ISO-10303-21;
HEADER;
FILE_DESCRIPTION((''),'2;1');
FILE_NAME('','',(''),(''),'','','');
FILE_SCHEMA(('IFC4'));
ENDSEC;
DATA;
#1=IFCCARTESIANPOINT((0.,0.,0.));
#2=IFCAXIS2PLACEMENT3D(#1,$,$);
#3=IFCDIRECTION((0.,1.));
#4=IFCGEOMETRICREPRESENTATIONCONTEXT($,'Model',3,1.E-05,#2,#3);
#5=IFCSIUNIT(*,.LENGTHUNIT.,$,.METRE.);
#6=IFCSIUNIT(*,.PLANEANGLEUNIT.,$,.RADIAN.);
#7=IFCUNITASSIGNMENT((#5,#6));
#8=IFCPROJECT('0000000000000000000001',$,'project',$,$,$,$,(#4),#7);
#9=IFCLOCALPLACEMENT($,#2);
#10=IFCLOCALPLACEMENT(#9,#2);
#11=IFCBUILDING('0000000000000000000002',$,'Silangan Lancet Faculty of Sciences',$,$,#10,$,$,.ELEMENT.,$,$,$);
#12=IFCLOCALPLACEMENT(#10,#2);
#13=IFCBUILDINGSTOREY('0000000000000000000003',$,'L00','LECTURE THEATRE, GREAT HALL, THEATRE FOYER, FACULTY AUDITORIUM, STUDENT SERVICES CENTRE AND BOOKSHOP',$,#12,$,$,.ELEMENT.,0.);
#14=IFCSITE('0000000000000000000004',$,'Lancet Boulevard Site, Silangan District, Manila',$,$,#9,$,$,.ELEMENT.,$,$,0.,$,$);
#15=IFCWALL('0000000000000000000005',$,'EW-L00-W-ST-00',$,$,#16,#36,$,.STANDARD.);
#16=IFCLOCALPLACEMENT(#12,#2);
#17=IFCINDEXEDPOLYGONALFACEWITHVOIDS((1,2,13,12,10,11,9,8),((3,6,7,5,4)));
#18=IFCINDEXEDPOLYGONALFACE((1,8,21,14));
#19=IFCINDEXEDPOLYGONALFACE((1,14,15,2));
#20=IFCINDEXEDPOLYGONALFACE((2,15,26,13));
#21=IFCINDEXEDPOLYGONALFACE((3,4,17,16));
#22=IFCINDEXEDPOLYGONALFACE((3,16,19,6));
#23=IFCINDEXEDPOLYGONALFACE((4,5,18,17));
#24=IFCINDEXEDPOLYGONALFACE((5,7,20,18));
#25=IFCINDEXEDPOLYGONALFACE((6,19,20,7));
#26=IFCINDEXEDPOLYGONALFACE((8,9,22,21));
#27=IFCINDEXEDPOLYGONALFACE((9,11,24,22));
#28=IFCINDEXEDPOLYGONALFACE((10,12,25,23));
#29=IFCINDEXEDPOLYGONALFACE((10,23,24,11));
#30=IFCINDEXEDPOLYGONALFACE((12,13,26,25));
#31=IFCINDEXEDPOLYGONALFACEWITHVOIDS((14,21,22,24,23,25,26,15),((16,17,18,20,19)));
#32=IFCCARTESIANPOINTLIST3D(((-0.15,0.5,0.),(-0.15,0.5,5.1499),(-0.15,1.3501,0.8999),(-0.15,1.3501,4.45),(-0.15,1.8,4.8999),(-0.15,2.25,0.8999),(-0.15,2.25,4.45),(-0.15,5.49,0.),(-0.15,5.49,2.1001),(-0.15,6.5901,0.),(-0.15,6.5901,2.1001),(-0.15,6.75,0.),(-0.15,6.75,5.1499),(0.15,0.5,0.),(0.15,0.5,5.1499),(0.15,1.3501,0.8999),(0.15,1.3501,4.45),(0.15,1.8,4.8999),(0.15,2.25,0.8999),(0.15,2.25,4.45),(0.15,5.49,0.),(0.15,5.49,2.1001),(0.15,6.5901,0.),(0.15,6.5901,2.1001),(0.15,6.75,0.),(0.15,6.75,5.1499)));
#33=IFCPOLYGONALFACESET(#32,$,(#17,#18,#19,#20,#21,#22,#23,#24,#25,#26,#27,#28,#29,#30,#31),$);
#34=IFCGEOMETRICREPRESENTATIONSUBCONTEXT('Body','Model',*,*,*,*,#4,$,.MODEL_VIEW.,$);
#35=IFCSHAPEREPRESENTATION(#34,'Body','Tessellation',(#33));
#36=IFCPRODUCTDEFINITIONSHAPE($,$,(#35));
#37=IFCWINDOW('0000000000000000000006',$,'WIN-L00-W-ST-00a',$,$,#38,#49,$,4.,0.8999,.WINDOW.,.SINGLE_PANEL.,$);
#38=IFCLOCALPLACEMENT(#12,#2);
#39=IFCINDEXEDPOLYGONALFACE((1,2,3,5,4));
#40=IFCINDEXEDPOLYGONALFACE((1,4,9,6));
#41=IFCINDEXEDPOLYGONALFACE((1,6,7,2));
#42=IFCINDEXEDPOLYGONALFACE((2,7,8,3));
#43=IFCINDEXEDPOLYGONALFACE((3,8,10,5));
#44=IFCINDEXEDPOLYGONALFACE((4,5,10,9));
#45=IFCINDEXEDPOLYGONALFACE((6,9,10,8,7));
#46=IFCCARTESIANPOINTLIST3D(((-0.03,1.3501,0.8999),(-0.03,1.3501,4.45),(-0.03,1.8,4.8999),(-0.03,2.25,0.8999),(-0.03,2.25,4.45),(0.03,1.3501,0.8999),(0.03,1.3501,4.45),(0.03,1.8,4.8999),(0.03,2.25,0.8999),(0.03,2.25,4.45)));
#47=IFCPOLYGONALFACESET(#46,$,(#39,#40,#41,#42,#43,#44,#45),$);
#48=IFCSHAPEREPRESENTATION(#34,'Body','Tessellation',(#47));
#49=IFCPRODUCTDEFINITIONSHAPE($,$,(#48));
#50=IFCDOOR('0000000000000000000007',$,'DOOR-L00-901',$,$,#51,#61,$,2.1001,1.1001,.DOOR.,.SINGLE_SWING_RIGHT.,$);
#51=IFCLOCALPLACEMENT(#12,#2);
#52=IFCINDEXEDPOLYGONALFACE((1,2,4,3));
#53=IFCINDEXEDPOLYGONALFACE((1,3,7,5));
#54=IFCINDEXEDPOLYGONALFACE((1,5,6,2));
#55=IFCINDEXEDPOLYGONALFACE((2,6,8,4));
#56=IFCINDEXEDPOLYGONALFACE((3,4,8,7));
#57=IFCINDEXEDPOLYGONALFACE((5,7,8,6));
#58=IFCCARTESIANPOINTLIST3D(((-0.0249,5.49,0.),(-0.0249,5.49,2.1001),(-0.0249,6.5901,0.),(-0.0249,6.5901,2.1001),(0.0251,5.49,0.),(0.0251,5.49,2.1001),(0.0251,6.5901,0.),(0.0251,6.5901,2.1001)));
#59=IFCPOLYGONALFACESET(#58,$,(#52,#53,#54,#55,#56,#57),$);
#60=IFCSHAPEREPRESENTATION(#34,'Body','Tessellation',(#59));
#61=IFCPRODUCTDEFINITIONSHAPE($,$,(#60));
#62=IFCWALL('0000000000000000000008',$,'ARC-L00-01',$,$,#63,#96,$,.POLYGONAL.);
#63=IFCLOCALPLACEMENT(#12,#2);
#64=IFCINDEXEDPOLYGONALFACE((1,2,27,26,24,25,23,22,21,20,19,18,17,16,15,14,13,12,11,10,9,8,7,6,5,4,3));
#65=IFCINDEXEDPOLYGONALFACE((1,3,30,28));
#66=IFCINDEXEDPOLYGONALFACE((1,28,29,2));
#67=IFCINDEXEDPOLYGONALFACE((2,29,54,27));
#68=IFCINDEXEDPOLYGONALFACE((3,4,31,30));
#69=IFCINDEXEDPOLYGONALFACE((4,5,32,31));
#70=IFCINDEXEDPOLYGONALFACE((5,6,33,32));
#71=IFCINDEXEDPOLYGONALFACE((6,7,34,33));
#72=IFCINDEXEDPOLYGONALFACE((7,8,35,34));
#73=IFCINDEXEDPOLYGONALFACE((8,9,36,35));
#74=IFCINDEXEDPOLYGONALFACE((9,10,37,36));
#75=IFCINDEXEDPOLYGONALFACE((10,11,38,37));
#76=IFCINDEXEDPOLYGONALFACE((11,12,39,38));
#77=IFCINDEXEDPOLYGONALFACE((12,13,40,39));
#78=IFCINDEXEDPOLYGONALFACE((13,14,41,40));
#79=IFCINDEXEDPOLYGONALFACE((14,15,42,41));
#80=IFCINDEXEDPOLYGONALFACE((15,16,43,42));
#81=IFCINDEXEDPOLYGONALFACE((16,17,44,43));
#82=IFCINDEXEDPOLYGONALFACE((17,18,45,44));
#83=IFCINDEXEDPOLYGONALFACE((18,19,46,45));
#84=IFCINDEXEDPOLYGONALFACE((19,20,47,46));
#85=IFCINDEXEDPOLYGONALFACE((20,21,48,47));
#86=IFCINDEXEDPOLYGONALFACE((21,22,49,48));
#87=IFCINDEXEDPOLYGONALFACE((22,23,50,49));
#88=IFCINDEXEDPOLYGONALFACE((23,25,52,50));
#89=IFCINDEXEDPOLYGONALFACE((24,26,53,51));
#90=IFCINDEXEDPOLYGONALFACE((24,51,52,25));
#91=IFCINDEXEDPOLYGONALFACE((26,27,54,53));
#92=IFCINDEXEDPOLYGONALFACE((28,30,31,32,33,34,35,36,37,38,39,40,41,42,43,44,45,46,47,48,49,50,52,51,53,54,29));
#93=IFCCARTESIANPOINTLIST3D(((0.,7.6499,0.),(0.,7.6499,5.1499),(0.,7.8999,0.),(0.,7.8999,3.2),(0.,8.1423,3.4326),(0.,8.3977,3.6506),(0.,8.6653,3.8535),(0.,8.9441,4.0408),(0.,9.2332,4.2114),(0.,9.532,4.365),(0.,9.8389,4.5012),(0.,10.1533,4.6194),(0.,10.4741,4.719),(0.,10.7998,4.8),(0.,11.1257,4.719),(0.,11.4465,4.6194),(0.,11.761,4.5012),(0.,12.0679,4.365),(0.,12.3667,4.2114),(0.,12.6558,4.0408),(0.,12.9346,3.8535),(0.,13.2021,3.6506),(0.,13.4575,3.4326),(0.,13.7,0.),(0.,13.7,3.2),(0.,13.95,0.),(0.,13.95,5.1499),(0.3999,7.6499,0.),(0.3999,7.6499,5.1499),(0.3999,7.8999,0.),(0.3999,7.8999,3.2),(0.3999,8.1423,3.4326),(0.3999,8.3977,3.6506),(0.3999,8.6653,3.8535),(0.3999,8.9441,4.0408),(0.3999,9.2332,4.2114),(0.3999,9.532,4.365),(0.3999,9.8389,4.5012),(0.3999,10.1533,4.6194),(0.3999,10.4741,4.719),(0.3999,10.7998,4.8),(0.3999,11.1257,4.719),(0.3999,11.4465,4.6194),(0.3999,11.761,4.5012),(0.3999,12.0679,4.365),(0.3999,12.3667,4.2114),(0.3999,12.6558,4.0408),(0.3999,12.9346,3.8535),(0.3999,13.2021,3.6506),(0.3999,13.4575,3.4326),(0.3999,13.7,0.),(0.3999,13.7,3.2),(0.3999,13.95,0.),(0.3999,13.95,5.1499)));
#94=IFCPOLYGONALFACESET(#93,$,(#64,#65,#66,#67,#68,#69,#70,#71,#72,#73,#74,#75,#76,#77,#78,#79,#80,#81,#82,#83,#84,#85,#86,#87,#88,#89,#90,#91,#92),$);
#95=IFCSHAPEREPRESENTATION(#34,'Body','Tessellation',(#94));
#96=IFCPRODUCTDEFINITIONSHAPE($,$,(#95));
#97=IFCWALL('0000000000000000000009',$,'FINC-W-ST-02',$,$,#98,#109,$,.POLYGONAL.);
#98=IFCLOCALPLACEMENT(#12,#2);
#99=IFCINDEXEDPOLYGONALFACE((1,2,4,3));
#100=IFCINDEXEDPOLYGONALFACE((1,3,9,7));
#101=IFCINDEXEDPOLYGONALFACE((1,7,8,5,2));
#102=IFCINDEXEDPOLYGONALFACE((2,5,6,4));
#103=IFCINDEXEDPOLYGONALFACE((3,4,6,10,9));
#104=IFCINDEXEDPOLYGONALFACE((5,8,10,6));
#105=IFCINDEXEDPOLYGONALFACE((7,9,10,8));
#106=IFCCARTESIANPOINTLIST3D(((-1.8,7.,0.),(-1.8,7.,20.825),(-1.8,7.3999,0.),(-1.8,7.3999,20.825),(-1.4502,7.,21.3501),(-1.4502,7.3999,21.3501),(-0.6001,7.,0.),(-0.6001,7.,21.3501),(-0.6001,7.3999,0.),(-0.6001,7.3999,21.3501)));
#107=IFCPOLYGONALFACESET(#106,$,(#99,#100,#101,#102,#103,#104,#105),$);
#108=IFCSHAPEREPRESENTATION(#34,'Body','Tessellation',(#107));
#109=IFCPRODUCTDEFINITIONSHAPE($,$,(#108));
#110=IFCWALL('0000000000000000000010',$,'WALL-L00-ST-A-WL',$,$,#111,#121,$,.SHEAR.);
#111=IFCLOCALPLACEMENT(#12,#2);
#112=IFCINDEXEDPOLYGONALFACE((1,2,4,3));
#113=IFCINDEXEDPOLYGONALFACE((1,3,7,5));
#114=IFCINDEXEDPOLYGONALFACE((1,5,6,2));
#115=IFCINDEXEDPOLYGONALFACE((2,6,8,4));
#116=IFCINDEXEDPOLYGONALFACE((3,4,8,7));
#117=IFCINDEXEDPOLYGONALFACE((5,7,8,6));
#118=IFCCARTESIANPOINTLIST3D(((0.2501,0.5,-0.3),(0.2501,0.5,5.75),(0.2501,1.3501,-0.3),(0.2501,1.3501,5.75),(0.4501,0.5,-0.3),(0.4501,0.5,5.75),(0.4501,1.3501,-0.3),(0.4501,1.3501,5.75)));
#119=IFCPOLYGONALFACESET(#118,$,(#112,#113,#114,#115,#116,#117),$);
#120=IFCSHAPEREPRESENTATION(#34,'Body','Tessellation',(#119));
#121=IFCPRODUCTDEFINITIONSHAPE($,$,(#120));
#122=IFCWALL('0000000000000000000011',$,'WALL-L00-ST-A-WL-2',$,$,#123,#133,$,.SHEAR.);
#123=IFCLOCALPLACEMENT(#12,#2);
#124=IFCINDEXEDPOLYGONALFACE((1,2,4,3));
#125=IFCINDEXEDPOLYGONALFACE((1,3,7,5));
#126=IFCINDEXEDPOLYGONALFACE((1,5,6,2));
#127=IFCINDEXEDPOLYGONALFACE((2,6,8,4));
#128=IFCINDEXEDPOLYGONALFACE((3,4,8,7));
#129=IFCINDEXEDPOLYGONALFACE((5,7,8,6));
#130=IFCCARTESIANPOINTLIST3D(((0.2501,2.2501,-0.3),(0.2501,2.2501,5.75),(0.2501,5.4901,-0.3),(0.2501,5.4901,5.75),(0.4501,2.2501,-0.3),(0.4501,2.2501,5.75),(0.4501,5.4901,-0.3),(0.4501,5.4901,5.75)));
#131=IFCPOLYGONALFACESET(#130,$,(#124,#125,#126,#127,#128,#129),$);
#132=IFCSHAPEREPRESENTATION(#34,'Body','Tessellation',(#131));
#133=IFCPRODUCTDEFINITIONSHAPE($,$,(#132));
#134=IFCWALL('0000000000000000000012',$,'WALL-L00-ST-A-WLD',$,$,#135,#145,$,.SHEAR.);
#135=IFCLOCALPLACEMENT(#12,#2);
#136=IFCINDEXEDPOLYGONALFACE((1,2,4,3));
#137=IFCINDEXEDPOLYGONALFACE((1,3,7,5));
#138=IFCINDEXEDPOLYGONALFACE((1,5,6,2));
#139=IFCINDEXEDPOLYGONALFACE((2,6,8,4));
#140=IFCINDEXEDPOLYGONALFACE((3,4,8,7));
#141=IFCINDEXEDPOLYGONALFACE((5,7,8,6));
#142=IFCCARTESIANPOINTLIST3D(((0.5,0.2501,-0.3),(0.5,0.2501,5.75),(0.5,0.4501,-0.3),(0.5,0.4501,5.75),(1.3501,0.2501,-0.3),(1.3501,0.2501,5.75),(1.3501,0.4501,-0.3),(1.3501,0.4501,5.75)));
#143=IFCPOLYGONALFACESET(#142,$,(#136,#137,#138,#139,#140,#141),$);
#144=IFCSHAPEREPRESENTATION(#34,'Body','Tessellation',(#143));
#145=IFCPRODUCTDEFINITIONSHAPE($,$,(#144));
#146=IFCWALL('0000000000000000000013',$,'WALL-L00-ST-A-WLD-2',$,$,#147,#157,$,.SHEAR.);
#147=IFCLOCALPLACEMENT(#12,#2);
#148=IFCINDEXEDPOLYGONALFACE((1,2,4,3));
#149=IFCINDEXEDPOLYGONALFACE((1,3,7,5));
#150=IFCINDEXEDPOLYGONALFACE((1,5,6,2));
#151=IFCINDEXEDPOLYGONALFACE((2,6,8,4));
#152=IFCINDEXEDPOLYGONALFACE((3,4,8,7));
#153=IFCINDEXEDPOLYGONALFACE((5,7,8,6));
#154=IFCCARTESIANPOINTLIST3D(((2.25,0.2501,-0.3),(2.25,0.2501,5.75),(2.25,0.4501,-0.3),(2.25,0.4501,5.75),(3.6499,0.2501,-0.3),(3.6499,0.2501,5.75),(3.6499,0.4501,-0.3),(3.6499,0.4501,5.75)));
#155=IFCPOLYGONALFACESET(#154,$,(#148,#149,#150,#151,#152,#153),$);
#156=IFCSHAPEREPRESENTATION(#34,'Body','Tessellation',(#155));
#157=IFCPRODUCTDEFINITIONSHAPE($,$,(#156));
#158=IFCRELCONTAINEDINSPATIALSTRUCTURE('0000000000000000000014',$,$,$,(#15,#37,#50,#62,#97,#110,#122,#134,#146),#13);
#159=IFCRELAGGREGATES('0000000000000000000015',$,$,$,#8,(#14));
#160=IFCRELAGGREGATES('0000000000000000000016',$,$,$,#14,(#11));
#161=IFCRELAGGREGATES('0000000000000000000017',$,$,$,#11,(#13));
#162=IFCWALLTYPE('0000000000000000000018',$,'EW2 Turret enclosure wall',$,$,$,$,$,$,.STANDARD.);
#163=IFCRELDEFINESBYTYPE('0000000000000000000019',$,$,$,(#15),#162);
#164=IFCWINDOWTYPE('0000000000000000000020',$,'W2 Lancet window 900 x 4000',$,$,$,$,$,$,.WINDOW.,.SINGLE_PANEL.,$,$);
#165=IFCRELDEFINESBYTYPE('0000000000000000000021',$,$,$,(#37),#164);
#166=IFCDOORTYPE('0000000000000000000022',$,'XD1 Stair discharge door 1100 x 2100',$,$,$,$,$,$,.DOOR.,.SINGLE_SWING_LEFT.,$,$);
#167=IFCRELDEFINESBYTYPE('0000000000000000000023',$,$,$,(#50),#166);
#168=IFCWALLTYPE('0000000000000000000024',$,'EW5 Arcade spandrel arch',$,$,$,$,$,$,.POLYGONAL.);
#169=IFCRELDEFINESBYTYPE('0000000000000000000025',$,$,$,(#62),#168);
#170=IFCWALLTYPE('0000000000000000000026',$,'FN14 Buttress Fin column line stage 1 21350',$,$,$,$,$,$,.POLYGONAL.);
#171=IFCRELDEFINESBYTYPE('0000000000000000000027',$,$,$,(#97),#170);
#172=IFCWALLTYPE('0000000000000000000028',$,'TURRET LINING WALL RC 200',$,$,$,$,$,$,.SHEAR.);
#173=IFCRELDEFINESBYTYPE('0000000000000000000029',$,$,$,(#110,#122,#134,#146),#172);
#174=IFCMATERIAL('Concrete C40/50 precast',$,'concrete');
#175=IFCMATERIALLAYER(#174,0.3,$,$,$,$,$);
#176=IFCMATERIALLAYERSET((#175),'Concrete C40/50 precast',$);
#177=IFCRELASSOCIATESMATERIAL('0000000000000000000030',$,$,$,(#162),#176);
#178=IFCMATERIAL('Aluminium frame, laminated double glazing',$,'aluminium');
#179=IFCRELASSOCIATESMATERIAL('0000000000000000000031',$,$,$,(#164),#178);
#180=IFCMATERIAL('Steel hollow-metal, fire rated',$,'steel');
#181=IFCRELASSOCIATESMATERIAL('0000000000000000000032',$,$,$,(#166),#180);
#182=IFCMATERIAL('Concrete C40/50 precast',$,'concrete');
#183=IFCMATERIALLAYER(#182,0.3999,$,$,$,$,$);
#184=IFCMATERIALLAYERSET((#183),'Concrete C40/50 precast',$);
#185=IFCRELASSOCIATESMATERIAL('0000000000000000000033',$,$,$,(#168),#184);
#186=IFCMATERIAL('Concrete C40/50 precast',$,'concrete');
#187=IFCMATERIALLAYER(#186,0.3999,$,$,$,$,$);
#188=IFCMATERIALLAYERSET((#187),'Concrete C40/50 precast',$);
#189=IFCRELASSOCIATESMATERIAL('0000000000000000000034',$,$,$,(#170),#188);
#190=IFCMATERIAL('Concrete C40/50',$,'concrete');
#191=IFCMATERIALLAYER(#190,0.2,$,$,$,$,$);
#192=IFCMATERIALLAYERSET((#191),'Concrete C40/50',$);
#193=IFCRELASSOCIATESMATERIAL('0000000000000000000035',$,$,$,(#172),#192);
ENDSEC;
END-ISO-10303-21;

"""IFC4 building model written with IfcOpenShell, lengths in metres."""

from ifc_helpers import new_model, si_unit, direction, frame, frame_2d, origin, place, context, subcontext, project, spatial, polyline, rectangle, outline, extrude, material, layer, layer_set, type_object, element, fill, save


model = new_model("IFC4")

# Units and contexts
model_context = context("Model", 3, precision=1e-05, world=origin(), true_north=direction((0.0, 1.0)))
body_context = subcontext(model_context, "Body", "Model", "MODEL_VIEW")
ifc_project = project(units=[si_unit("LENGTHUNIT", "METRE"), si_unit("PLANEANGLEUNIT", "RADIAN")], contexts=[model_context])

# Site, building, storey
site_placement = place(None, origin())
site = spatial("IfcSite", under=ifc_project, at=site_placement, Name="Lancet Boulevard Site, Silangan District, Manila", CompositionType="ELEMENT", RefElevation=0.0)
building_placement = place(site_placement, origin())
building = spatial("IfcBuilding", under=site, at=building_placement, Name="Silangan Lancet Faculty of Sciences", CompositionType="ELEMENT")
storey_placement = place(building_placement, origin())
storey = spatial("IfcBuildingStorey", under=building, at=storey_placement, Name="L00", Description="LECTURE THEATRE, GREAT HALL, THEATRE FOYER, FACULTY AUDITORIUM, STUDENT SERVICES CENTRE AND BOOKSHOP", CompositionType="ELEMENT", Elevation=0.0)

# Wall, openings, window, door
ifc_material_1 = material(Name="Concrete C40/50 precast", Category="concrete")
ifc_layer_1 = layer(ifc_material_1, 0.3)
ifc_layer_set_1 = layer_set([ifc_layer_1], Name="Concrete C40/50 precast")
wall_type_1 = type_object("IfcWallType", Name="EW2 Turret enclosure wall", PredefinedType="STANDARD", material=ifc_layer_set_1)
wall_1_placement = place(storey_placement, frame((0.0, 0.5, 0.0), z_axis=(0.0, 0.0, 1.0), x_axis=(0.0, 1.0, 0.0)))
wall_1 = element("IfcWall", 1, at=wall_1_placement, inside=storey, type_object=wall_type_1, Name="EW-L00-W-ST-00", PredefinedType="STANDARD", context=body_context, shape_type="SweptSolid", body=[
    extrude(rectangle(XDim=6.25, YDim=0.3, at=frame_2d((3.125, 0.0))), origin(), (0.0, 0.0, 1.0), 5.1499),
])
opening_1_placement = place(wall_1_placement, frame((4.99, 0.0, 0.0)))
opening_1 = element("IfcOpeningElement", 2, at=opening_1_placement, cuts=wall_1, PredefinedType="OPENING", context=body_context, shape_type="SweptSolid", body=[
    extrude(rectangle(XDim=1.1001, YDim=2.1001, at=frame_2d((0.55, 1.05))), frame((0.0, 0.1599, 0.0), z_axis=(0.0, -1.0, 0.0), x_axis=(1.0, 0.0, 0.0)), (0.0, 0.0, 1.0), 0.3201),
])
opening_2_placement = place(wall_1_placement, frame((0.8501, 0.0, 0.8999)))
opening_2 = element("IfcOpeningElement", 3, at=opening_2_placement, cuts=wall_1, PredefinedType="OPENING", context=body_context, shape_type="SweptSolid", body=[
    extrude(outline(polyline([(0.0, 0.0), (0.8999, 0.0), (0.8999, 3.55), (0.45, 4.0), (0.0, 3.55), (0.0, 0.0)])), frame((0.0, 0.1599, 0.0), z_axis=(0.0, -1.0, 0.0), x_axis=(1.0, 0.0, 0.0)), (0.0, 0.0, 1.0), 0.3201),
])
ifc_material_2 = material(Name="Aluminium frame, laminated double glazing", Category="aluminium")
window_type = type_object("IfcWindowType", Name="W2 Lancet window 900 x 4000", PartitioningType="SINGLE_PANEL", PredefinedType="WINDOW", material=ifc_material_2)
window_placement = place(opening_2_placement, origin())
window = element("IfcWindow", 4, at=window_placement, inside=storey, type_object=window_type, Name="WIN-L00-W-ST-00a", OverallHeight=4.0, OverallWidth=0.8999, PartitioningType="SINGLE_PANEL", PredefinedType="WINDOW", context=body_context, shape_type="SweptSolid", body=[
    extrude(outline(polyline([(0.0, 0.0), (0.8999, 0.0), (0.8999, 3.55), (0.45, 4.0), (0.0, 3.55), (0.0, 0.0)])), frame((0.0, 0.03, 0.0), z_axis=(0.0, -1.0, 0.0), x_axis=(1.0, 0.0, 0.0)), (0.0, 0.0, 1.0), 0.0601),
])
fill(opening_2, window)
ifc_material_3 = material(Name="Steel hollow-metal, fire rated", Category="steel")
door_type_1 = type_object("IfcDoorType", Name="XD1 Stair discharge door 1100 x 2100", OperationType="SINGLE_SWING_LEFT", PredefinedType="DOOR", material=ifc_material_3)
door_1_placement = place(opening_1_placement, origin())
door_1 = element("IfcDoor", 5, at=door_1_placement, inside=storey, type_object=door_type_1, Name="DOOR-L00-901", OperationType="SINGLE_SWING_RIGHT", OverallHeight=2.1001, OverallWidth=1.1001, PredefinedType="DOOR", context=body_context, shape_type="SweptSolid", body=[
    extrude(rectangle(XDim=1.1001, YDim=2.1001, at=frame_2d((0.55, 1.05))), frame((0.0, 0.0249, 0.0), z_axis=(0.0, -1.0, 0.0), x_axis=(1.0, 0.0, 0.0)), (0.0, 0.0, 1.0), 0.05),
])
fill(opening_1, door_1)

# Walls
ifc_material_4 = material(Name="Concrete C40/50 precast", Category="concrete")
ifc_layer_2 = layer(ifc_material_4, 0.3999)
ifc_layer_set_2 = layer_set([ifc_layer_2], Name="Concrete C40/50 precast")
wall_type_2 = type_object("IfcWallType", Name="EW5 Arcade spandrel arch", PredefinedType="POLYGONAL", material=ifc_layer_set_2)
wall_2_placement = place(storey_placement, frame((0.2, 7.6499, 0.0), z_axis=(0.0, 0.0, 1.0), x_axis=(0.0, 1.0, 0.0)))
element("IfcWall", 6, at=wall_2_placement, inside=storey, type_object=wall_type_2, Name="ARC-L00-01", PredefinedType="POLYGONAL", context=body_context, shape_type="SweptSolid", body=[
    extrude(outline(polyline([(0.0, 0.0), (0.25, 0.0), (0.25, 3.2), (0.4924, 3.4326), (0.7478, 3.6506), (1.0154, 3.8535), (1.2942, 4.0408), (1.5833, 4.2114), (1.8821, 4.365), (2.189, 4.5012), (2.5034, 4.6194), (2.8242, 4.719), (3.1499, 4.8), (3.4758, 4.719), (3.7966, 4.6194), (4.1111, 4.5012), (4.418, 4.365), (4.7168, 4.2114), (5.0059, 4.0408), (5.2847, 3.8535), (5.5522, 3.6506), (5.8076, 3.4326), (6.05, 3.2), (6.05, 0.0), (6.3, 0.0), (6.3, 5.1499), (0.0, 5.1499), (0.0, 0.0)])), frame((0.0, 0.2, 0.0), z_axis=(0.0, -1.0, 0.0), x_axis=(1.0, 0.0, 0.0)), (0.0, 0.0, 1.0), 0.3999),
])
ifc_material_5 = material(Name="Concrete C40/50 precast", Category="concrete")
ifc_layer_3 = layer(ifc_material_5, 0.3999)
ifc_layer_set_3 = layer_set([ifc_layer_3], Name="Concrete C40/50 precast")
wall_type_3 = type_object("IfcWallType", Name="FN14 Buttress Fin column line stage 1 21350", PredefinedType="POLYGONAL", material=ifc_layer_set_3)
wall_3_placement = place(storey_placement, frame((-0.6001, 7.2, 0.0), z_axis=(0.0, 0.0, 1.0), x_axis=(-1.0, 0.0, 0.0)))
element("IfcWall", 7, at=wall_3_placement, inside=storey, type_object=wall_type_3, Name="FINC-W-ST-02", PredefinedType="POLYGONAL", context=body_context, shape_type="SweptSolid", body=[
    extrude(outline(polyline([(1.2, 0.0), (1.2, 20.825), (0.8501, 21.3501), (0.0, 21.3501), (0.0, 0.0), (1.2, 0.0)])), frame((0.0, 0.2, 0.0), z_axis=(0.0, -1.0, 0.0), x_axis=(1.0, 0.0, 0.0)), (0.0, 0.0, 1.0), 0.3999),
])
ifc_material_6 = material(Name="Concrete C40/50", Category="concrete")
ifc_layer_4 = layer(ifc_material_6, 0.2)
ifc_layer_set_4 = layer_set([ifc_layer_4], Name="Concrete C40/50")
wall_type_4 = type_object("IfcWallType", Name="TURRET LINING WALL RC 200", PredefinedType="SHEAR", material=ifc_layer_set_4)
wall_4_placement = place(storey_placement, frame((0.3501, 0.5, -0.3), z_axis=(0.0, 0.0, 1.0), x_axis=(0.0, 1.0, 0.0)))
element("IfcWall", 8, at=wall_4_placement, inside=storey, type_object=wall_type_4, Name="WALL-L00-ST-A-WL", PredefinedType="SHEAR", context=body_context, shape_type="SweptSolid", body=[
    extrude(rectangle(XDim=0.8501, YDim=0.2, at=frame_2d((0.425, 0.0))), origin(), (0.0, 0.0, 1.0), 6.05),
])
wall_5_placement = place(storey_placement, frame((0.3501, 2.25, -0.3), z_axis=(0.0, 0.0, 1.0), x_axis=(0.0, 1.0, 0.0)))
element("IfcWall", 9, at=wall_5_placement, inside=storey, type_object=wall_type_4, Name="WALL-L00-ST-A-WL-2", PredefinedType="SHEAR", context=body_context, shape_type="SweptSolid", body=[
    extrude(rectangle(XDim=3.24, YDim=0.2, at=frame_2d((1.6201, 0.0))), origin(), (0.0, 0.0, 1.0), 6.05),
])
wall_6_placement = place(storey_placement, frame((0.5, 0.3501, -0.3), z_axis=(0.0, 0.0, 1.0), x_axis=(1.0, 0.0, 0.0)))
element("IfcWall", 10, at=wall_6_placement, inside=storey, type_object=wall_type_4, Name="WALL-L00-ST-A-WLD", PredefinedType="SHEAR", context=body_context, shape_type="SweptSolid", body=[
    extrude(rectangle(XDim=0.8501, YDim=0.2, at=frame_2d((0.425, 0.0))), origin(), (0.0, 0.0, 1.0), 6.05),
])
wall_7_placement = place(storey_placement, frame((2.25, 0.3501, -0.3), z_axis=(0.0, 0.0, 1.0), x_axis=(1.0, 0.0, 0.0)))
element("IfcWall", 11, at=wall_7_placement, inside=storey, type_object=wall_type_4, Name="WALL-L00-ST-A-WLD-2", PredefinedType="SHEAR", context=body_context, shape_type="SweptSolid", body=[
    extrude(rectangle(XDim=1.3999, YDim=0.2, at=frame_2d((0.7, 0.0))), origin(), (0.0, 0.0, 1.0), 6.05),
])

save(model, "model.ifc")
